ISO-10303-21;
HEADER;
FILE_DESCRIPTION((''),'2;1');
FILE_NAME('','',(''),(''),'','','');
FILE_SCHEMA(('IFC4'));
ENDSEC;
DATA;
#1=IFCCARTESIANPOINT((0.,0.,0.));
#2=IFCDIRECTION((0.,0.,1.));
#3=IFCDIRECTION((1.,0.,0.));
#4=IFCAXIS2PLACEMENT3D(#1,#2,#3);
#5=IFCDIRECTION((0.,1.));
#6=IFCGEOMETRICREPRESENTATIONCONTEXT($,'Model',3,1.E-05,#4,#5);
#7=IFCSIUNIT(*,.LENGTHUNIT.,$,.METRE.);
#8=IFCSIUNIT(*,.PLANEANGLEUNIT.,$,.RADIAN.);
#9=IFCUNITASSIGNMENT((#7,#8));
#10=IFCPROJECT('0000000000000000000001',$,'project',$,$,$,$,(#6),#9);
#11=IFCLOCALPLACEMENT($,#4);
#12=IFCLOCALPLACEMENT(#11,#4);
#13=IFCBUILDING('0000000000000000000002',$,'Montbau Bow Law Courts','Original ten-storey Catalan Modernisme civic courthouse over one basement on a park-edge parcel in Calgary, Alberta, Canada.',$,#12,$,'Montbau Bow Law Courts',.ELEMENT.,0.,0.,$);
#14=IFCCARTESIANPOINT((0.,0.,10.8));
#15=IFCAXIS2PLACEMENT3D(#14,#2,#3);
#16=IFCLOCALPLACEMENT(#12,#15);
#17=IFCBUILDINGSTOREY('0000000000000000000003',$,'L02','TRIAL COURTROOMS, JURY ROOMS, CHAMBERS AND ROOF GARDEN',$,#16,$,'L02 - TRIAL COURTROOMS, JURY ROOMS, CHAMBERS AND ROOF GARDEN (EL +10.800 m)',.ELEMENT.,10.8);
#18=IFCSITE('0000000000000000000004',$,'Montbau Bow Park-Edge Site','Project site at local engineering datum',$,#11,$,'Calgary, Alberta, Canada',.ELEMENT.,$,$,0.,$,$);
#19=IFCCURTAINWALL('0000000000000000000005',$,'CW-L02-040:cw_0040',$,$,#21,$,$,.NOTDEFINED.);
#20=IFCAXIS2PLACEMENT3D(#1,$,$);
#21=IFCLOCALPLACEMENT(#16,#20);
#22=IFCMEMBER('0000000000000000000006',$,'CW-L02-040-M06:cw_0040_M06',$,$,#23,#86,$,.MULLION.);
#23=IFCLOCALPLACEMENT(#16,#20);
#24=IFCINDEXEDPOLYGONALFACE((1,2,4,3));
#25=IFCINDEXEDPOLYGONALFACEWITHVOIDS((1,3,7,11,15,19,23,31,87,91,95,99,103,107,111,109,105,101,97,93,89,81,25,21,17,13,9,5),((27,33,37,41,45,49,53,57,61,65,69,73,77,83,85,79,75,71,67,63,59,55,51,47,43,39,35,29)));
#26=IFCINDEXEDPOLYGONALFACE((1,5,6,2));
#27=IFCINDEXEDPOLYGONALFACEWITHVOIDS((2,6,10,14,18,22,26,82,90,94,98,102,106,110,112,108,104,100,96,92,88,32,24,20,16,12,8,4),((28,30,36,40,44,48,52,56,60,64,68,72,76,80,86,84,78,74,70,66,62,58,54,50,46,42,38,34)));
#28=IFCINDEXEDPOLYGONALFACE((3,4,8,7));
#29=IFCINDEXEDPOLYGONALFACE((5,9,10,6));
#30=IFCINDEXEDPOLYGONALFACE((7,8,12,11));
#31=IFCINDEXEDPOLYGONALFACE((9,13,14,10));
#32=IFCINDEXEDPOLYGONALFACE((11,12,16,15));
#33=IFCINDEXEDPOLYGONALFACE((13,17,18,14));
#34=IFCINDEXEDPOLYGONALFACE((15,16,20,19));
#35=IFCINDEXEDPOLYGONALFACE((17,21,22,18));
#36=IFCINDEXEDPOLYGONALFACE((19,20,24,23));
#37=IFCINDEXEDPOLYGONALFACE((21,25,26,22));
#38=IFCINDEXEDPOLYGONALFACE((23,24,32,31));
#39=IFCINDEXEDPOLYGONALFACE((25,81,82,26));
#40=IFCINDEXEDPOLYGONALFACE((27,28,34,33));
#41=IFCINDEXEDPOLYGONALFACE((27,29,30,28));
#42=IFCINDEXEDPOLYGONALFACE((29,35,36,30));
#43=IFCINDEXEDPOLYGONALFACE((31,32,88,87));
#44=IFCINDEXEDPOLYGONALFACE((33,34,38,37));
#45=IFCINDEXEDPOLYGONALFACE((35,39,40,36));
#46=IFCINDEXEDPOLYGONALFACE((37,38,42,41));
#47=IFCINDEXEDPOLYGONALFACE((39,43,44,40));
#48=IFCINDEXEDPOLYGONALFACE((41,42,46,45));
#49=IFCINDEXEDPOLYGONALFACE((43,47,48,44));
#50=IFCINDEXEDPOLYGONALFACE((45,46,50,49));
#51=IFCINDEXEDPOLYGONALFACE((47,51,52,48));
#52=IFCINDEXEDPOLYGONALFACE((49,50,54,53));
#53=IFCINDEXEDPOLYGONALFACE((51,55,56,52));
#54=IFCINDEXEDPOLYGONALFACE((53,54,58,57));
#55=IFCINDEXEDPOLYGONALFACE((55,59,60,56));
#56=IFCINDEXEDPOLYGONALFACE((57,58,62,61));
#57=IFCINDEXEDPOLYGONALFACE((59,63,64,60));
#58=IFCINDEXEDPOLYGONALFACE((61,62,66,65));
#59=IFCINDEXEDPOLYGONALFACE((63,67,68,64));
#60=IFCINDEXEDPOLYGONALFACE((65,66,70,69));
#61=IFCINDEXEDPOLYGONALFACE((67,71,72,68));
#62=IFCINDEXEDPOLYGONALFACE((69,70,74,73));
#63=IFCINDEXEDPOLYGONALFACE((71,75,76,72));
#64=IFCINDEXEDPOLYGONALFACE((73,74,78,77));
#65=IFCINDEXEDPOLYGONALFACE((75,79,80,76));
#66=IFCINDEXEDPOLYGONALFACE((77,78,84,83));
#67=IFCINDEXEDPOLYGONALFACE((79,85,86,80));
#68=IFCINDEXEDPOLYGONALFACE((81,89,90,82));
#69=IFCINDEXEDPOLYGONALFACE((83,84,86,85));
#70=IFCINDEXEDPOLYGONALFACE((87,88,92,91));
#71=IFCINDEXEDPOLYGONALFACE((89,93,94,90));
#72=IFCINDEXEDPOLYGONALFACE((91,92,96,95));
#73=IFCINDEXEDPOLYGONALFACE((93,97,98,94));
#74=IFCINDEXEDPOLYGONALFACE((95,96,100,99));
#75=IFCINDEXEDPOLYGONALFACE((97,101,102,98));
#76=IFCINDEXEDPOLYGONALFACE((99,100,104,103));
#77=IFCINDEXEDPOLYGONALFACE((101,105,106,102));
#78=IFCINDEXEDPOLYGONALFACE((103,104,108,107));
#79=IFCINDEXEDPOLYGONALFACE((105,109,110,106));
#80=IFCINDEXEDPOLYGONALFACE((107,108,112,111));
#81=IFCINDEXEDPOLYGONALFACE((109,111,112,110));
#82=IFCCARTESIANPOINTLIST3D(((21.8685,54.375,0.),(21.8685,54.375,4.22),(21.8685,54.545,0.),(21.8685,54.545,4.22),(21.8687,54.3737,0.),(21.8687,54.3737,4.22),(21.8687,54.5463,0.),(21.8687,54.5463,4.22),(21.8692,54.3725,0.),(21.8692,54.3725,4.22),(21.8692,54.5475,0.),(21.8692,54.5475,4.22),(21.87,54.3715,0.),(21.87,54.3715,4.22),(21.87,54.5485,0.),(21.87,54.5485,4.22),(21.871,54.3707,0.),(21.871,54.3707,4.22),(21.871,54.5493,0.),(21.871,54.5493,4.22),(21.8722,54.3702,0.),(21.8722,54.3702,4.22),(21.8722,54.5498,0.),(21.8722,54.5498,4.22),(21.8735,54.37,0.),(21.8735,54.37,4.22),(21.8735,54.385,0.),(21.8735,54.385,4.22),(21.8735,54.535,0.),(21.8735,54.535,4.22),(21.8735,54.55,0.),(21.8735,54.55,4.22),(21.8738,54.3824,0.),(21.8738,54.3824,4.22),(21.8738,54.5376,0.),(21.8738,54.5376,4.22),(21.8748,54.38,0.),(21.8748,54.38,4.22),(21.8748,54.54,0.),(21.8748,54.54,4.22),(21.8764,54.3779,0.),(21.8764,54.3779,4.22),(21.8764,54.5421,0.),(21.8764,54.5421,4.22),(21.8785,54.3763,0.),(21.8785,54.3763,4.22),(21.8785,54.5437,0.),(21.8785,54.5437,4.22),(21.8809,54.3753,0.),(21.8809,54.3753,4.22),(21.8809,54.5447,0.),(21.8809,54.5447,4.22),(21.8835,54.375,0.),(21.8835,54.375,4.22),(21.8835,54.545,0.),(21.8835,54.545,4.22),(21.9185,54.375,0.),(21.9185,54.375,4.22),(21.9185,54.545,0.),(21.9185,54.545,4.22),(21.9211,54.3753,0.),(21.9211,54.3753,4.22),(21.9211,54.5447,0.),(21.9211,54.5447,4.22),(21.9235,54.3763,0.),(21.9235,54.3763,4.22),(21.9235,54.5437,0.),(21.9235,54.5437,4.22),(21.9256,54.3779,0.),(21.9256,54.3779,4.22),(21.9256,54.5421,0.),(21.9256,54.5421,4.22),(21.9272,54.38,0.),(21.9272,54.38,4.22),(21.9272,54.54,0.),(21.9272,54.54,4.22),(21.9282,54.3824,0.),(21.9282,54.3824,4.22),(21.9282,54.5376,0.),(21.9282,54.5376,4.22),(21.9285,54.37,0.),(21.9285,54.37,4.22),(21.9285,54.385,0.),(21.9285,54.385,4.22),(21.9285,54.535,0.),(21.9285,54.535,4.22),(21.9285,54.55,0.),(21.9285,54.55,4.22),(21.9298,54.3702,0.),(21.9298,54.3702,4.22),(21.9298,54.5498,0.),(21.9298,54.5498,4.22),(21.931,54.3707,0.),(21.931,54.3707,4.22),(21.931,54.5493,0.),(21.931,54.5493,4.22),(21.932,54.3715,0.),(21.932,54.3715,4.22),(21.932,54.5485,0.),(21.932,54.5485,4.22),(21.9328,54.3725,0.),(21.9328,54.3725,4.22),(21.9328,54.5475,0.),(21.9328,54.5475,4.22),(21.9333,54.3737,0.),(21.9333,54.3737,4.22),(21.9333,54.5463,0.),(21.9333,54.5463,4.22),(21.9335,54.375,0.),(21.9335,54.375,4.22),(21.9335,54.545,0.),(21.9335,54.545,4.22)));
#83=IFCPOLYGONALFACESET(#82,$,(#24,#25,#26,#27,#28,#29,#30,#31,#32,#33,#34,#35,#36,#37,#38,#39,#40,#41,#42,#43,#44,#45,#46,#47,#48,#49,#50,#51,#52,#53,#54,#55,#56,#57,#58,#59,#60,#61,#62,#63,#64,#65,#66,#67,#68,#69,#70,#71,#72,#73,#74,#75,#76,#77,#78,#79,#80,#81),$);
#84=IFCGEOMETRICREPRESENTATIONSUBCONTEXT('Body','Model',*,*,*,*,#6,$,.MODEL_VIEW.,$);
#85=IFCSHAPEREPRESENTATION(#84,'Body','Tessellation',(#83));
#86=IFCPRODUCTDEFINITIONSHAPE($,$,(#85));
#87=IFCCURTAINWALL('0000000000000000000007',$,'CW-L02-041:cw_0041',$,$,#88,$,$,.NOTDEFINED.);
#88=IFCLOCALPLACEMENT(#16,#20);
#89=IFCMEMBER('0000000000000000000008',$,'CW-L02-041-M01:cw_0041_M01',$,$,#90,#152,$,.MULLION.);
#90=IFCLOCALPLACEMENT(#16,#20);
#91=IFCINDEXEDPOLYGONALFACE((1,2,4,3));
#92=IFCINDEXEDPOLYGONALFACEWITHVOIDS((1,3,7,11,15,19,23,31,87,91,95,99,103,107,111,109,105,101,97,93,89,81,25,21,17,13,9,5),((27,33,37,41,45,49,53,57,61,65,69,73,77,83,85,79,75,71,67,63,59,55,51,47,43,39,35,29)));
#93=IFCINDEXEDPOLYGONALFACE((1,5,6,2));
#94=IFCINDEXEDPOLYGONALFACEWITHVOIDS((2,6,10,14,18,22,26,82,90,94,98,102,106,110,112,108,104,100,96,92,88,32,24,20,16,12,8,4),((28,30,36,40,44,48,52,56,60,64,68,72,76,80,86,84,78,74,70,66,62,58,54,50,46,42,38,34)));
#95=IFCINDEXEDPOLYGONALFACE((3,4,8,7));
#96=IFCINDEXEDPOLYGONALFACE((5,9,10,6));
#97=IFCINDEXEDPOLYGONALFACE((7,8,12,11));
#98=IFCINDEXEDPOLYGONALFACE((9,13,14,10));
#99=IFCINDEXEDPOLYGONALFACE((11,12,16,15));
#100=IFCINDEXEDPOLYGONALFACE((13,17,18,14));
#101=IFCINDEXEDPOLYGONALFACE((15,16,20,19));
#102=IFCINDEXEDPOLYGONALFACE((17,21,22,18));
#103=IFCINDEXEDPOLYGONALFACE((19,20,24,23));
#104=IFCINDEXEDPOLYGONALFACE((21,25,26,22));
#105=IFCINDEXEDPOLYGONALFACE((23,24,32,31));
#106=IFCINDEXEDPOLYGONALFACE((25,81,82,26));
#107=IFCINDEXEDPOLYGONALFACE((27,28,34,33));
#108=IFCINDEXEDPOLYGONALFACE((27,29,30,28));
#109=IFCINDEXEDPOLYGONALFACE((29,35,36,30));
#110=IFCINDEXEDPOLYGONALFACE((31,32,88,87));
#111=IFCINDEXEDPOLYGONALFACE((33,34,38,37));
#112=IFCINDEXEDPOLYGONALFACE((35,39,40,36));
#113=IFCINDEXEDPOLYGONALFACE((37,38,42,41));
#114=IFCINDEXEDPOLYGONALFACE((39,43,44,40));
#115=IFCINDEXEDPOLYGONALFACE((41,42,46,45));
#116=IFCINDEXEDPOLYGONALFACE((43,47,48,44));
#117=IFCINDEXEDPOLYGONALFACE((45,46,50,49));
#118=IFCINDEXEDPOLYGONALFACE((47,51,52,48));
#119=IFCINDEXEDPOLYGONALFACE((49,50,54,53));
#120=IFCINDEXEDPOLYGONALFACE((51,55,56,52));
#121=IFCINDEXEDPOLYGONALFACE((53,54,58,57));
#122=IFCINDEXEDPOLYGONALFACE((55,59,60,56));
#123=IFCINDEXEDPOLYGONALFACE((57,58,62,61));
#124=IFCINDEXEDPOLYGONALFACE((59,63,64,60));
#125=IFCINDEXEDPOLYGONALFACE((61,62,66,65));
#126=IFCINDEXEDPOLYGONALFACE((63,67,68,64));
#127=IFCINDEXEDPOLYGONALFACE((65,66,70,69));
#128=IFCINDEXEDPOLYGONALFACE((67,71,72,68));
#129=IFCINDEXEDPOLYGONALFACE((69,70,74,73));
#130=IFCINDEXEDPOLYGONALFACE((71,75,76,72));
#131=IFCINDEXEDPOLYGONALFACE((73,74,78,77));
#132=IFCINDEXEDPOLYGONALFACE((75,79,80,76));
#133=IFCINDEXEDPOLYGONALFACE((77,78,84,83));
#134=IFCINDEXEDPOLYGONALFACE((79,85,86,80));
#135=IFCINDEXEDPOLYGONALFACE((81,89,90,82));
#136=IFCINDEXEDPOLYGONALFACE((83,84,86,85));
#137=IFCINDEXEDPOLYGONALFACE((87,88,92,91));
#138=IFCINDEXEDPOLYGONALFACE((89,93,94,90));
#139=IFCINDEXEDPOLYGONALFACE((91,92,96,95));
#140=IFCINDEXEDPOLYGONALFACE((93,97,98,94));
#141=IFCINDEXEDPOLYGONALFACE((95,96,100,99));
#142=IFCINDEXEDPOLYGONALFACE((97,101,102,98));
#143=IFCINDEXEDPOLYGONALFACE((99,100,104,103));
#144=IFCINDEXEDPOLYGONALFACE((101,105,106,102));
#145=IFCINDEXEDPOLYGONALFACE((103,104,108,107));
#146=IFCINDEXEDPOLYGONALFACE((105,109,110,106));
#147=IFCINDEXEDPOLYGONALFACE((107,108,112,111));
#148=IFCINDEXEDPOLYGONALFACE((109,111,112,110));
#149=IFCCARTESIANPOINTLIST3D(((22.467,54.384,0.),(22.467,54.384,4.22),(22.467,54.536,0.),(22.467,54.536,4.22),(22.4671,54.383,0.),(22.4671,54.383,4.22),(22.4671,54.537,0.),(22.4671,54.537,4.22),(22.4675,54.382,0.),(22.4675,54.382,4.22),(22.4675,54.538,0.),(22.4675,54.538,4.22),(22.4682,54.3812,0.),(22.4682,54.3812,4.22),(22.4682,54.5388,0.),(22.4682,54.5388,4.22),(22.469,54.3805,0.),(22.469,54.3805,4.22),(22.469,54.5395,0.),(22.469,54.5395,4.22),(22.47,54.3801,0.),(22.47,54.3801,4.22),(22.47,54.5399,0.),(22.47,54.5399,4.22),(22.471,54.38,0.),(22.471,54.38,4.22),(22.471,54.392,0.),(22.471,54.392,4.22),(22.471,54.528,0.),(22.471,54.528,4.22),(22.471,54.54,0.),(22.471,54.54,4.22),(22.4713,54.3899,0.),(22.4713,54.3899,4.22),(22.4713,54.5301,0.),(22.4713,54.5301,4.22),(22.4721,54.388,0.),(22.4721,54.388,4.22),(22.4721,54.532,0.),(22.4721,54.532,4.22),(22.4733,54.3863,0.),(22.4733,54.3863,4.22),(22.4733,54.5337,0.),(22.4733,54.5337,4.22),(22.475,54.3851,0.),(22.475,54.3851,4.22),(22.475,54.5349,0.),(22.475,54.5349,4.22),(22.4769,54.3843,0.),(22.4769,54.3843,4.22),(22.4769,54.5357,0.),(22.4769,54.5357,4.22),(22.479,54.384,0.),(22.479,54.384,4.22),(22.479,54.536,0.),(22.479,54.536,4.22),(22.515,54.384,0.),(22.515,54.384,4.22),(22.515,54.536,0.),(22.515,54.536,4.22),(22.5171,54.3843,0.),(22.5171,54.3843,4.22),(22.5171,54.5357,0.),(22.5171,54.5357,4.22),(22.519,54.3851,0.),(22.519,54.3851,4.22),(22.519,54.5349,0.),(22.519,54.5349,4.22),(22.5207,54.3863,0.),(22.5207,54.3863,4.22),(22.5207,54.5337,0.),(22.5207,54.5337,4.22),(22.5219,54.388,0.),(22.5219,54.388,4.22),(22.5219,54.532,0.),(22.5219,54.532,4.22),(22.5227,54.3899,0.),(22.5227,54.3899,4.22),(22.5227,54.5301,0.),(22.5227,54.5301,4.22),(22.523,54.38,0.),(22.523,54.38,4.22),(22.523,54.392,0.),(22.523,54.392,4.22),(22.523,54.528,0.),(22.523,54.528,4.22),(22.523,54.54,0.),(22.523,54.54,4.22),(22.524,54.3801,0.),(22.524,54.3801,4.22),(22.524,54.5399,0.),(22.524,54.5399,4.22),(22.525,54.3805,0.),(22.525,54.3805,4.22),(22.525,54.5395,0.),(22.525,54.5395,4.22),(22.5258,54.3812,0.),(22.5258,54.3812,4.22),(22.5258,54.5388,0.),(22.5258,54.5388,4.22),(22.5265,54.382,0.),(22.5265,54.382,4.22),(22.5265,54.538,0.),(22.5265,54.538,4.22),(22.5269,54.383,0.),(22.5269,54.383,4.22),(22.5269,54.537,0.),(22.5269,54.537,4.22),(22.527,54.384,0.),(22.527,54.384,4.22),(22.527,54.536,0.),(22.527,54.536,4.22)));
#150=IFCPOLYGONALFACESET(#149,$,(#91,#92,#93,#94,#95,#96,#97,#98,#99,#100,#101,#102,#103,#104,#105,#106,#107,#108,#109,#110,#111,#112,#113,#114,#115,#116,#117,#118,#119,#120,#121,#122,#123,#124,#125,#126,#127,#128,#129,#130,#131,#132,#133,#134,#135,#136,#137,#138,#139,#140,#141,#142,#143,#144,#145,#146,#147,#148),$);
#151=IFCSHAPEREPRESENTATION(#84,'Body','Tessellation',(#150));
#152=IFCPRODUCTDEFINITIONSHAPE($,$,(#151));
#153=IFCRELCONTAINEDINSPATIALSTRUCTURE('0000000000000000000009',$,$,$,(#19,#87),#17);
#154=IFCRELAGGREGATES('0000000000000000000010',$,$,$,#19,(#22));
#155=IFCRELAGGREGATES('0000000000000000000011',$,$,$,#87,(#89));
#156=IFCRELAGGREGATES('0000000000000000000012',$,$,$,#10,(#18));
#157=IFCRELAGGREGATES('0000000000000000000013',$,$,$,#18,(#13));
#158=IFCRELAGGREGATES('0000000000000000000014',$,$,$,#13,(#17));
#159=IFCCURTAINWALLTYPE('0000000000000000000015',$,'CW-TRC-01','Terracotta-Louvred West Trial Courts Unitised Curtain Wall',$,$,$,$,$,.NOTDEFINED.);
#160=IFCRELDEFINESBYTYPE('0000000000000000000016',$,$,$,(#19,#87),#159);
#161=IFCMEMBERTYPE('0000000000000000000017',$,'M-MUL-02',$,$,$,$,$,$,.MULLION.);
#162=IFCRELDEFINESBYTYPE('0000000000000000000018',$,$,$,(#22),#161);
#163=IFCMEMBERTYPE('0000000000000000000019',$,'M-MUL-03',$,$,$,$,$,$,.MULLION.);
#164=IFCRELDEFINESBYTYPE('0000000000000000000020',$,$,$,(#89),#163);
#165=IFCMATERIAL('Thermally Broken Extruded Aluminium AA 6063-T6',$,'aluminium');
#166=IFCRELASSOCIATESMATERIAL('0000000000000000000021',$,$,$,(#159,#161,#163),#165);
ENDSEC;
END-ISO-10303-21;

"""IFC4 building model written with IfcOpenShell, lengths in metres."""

from ifc_helpers import new_model, si_unit, direction, frame, origin_with_axes, origin_2d_with_axis, place, context, subcontext, project, spatial, hollow_rectangle, extrude, material, material_profile, profile_set, type_object, element, aggregate, save


model = new_model("IFC4")

# Units and contexts
model_context = context("Model", 3, precision=1e-05, world=origin_with_axes(), true_north=direction((0.0, 1.0)))
body_context = subcontext(model_context, "Body", "Model", "MODEL_VIEW")
ifc_project = project(units=[si_unit("LENGTHUNIT", "METRE"), si_unit("PLANEANGLEUNIT", "RADIAN")], contexts=[model_context])

# Site, building, storey
site_placement = place(None, origin_with_axes())
site = spatial("IfcSite", under=ifc_project, at=site_placement, Name="Montbau Bow Park-Edge Site", Description="Project site at local engineering datum", LongName="Calgary, Alberta, Canada", CompositionType="ELEMENT", RefElevation=0.0)
building_placement = place(site_placement, origin_with_axes())
building = spatial("IfcBuilding", under=site, at=building_placement, Name="Montbau Bow Law Courts", Description="Original ten-storey Catalan Modernisme civic courthouse over one basement on a park-edge parcel in Calgary, Alberta, Canada.", LongName="Montbau Bow Law Courts", CompositionType="ELEMENT", ElevationOfRefHeight=0.0, ElevationOfTerrain=0.0)
storey_placement = place(building_placement, frame((0.0, 0.0, 10.8), z_axis=(0.0, 0.0, 1.0), x_axis=(1.0, 0.0, 0.0)))
storey = spatial("IfcBuildingStorey", under=building, at=storey_placement, Name="L02", Description="TRIAL COURTROOMS, JURY ROOMS, CHAMBERS AND ROOF GARDEN", LongName="L02 - TRIAL COURTROOMS, JURY ROOMS, CHAMBERS AND ROOF GARDEN (EL +10.800 m)", CompositionType="ELEMENT", Elevation=10.8)

# Curtain wall, member
ifc_material_1 = material(Name="Thermally Broken Extruded Aluminium AA 6063-T6", Category="aluminium")
curtain_wall_type = type_object("IfcCurtainWallType", Name="CW-TRC-01", Description="Terracotta-Louvred West Trial Courts Unitised Curtain Wall", PredefinedType="NOTDEFINED", material=ifc_material_1)
curtain_wall_1_placement = place(None, frame((14.068, 54.46, 10.8), z_axis=(0.0, 0.0, 1.0), x_axis=(1.0, 0.0, 0.0)))
curtain_wall_1 = element("IfcCurtainWall", 1, at=curtain_wall_1_placement, inside=storey, type_object=curtain_wall_type, Name="CW-L02-040:cw_0040", PredefinedType="NOTDEFINED")
ifc_material_profile_1 = material_profile(ifc_material_1, hollow_rectangle(XDim=0.065, YDim=0.18, WallThickness=0.005, InnerFilletRadius=0.01, OuterFilletRadius=0.005, at=origin_2d_with_axis()), Name="CWM-180X65", Category="Main", Priority=0)
ifc_profile_set_1 = profile_set([ifc_material_profile_1], Name="Thermally Broken Extruded Aluminium AA 6063-T6")
member_type_1 = type_object("IfcMemberType", Name="M-MUL-02", PredefinedType="MULLION", material=ifc_profile_set_1)
member_1_placement = place(None, frame((21.901, 54.46, 10.8), z_axis=(0.0, 0.0, 1.0), x_axis=(1.0, 0.0, 0.0)))
member_1 = element("IfcMember", 2, at=member_1_placement, type_object=member_type_1, Name="CW-L02-040-M06:cw_0040_M06", PredefinedType="MULLION", context=body_context, shape_type="SweptSolid", body=[
    extrude(hollow_rectangle(XDim=0.065, YDim=0.18, WallThickness=0.005, InnerFilletRadius=0.01, OuterFilletRadius=0.005, at=origin_2d_with_axis()), origin_with_axes(), (0.0, 0.0, 1.0), 4.22),
])

# Curtain wall, member
curtain_wall_2_placement = place(None, frame((22.467, 54.46, 10.8), z_axis=(0.0, 0.0, 1.0), x_axis=(1.0, 0.0, 0.0)))
curtain_wall_2 = element("IfcCurtainWall", 3, at=curtain_wall_2_placement, inside=storey, type_object=curtain_wall_type, Name="CW-L02-041:cw_0041", PredefinedType="NOTDEFINED")
ifc_material_profile_2 = material_profile(ifc_material_1, hollow_rectangle(XDim=0.06, YDim=0.16, WallThickness=0.004, InnerFilletRadius=0.008, OuterFilletRadius=0.004, at=origin_2d_with_axis()), Name="CWM-160X60", Category="Main", Priority=0)
ifc_profile_set_2 = profile_set([ifc_material_profile_2], Name="Thermally Broken Extruded Aluminium AA 6063-T6")
member_type_2 = type_object("IfcMemberType", Name="M-MUL-03", PredefinedType="MULLION", material=ifc_profile_set_2)
member_2_placement = place(None, frame((22.497, 54.46, 10.8), z_axis=(0.0, 0.0, 1.0), x_axis=(1.0, 0.0, 0.0)))
member_2 = element("IfcMember", 4, at=member_2_placement, type_object=member_type_2, Name="CW-L02-041-M01:cw_0041_M01", PredefinedType="MULLION", context=body_context, shape_type="SweptSolid", body=[
    extrude(hollow_rectangle(XDim=0.06, YDim=0.16, WallThickness=0.004, InnerFilletRadius=0.008, OuterFilletRadius=0.004, at=origin_2d_with_axis()), origin_with_axes(), (0.0, 0.0, 1.0), 4.22),
])

aggregate(curtain_wall_1, [member_1])
aggregate(curtain_wall_2, [member_2])

save(model, "model.ifc")
